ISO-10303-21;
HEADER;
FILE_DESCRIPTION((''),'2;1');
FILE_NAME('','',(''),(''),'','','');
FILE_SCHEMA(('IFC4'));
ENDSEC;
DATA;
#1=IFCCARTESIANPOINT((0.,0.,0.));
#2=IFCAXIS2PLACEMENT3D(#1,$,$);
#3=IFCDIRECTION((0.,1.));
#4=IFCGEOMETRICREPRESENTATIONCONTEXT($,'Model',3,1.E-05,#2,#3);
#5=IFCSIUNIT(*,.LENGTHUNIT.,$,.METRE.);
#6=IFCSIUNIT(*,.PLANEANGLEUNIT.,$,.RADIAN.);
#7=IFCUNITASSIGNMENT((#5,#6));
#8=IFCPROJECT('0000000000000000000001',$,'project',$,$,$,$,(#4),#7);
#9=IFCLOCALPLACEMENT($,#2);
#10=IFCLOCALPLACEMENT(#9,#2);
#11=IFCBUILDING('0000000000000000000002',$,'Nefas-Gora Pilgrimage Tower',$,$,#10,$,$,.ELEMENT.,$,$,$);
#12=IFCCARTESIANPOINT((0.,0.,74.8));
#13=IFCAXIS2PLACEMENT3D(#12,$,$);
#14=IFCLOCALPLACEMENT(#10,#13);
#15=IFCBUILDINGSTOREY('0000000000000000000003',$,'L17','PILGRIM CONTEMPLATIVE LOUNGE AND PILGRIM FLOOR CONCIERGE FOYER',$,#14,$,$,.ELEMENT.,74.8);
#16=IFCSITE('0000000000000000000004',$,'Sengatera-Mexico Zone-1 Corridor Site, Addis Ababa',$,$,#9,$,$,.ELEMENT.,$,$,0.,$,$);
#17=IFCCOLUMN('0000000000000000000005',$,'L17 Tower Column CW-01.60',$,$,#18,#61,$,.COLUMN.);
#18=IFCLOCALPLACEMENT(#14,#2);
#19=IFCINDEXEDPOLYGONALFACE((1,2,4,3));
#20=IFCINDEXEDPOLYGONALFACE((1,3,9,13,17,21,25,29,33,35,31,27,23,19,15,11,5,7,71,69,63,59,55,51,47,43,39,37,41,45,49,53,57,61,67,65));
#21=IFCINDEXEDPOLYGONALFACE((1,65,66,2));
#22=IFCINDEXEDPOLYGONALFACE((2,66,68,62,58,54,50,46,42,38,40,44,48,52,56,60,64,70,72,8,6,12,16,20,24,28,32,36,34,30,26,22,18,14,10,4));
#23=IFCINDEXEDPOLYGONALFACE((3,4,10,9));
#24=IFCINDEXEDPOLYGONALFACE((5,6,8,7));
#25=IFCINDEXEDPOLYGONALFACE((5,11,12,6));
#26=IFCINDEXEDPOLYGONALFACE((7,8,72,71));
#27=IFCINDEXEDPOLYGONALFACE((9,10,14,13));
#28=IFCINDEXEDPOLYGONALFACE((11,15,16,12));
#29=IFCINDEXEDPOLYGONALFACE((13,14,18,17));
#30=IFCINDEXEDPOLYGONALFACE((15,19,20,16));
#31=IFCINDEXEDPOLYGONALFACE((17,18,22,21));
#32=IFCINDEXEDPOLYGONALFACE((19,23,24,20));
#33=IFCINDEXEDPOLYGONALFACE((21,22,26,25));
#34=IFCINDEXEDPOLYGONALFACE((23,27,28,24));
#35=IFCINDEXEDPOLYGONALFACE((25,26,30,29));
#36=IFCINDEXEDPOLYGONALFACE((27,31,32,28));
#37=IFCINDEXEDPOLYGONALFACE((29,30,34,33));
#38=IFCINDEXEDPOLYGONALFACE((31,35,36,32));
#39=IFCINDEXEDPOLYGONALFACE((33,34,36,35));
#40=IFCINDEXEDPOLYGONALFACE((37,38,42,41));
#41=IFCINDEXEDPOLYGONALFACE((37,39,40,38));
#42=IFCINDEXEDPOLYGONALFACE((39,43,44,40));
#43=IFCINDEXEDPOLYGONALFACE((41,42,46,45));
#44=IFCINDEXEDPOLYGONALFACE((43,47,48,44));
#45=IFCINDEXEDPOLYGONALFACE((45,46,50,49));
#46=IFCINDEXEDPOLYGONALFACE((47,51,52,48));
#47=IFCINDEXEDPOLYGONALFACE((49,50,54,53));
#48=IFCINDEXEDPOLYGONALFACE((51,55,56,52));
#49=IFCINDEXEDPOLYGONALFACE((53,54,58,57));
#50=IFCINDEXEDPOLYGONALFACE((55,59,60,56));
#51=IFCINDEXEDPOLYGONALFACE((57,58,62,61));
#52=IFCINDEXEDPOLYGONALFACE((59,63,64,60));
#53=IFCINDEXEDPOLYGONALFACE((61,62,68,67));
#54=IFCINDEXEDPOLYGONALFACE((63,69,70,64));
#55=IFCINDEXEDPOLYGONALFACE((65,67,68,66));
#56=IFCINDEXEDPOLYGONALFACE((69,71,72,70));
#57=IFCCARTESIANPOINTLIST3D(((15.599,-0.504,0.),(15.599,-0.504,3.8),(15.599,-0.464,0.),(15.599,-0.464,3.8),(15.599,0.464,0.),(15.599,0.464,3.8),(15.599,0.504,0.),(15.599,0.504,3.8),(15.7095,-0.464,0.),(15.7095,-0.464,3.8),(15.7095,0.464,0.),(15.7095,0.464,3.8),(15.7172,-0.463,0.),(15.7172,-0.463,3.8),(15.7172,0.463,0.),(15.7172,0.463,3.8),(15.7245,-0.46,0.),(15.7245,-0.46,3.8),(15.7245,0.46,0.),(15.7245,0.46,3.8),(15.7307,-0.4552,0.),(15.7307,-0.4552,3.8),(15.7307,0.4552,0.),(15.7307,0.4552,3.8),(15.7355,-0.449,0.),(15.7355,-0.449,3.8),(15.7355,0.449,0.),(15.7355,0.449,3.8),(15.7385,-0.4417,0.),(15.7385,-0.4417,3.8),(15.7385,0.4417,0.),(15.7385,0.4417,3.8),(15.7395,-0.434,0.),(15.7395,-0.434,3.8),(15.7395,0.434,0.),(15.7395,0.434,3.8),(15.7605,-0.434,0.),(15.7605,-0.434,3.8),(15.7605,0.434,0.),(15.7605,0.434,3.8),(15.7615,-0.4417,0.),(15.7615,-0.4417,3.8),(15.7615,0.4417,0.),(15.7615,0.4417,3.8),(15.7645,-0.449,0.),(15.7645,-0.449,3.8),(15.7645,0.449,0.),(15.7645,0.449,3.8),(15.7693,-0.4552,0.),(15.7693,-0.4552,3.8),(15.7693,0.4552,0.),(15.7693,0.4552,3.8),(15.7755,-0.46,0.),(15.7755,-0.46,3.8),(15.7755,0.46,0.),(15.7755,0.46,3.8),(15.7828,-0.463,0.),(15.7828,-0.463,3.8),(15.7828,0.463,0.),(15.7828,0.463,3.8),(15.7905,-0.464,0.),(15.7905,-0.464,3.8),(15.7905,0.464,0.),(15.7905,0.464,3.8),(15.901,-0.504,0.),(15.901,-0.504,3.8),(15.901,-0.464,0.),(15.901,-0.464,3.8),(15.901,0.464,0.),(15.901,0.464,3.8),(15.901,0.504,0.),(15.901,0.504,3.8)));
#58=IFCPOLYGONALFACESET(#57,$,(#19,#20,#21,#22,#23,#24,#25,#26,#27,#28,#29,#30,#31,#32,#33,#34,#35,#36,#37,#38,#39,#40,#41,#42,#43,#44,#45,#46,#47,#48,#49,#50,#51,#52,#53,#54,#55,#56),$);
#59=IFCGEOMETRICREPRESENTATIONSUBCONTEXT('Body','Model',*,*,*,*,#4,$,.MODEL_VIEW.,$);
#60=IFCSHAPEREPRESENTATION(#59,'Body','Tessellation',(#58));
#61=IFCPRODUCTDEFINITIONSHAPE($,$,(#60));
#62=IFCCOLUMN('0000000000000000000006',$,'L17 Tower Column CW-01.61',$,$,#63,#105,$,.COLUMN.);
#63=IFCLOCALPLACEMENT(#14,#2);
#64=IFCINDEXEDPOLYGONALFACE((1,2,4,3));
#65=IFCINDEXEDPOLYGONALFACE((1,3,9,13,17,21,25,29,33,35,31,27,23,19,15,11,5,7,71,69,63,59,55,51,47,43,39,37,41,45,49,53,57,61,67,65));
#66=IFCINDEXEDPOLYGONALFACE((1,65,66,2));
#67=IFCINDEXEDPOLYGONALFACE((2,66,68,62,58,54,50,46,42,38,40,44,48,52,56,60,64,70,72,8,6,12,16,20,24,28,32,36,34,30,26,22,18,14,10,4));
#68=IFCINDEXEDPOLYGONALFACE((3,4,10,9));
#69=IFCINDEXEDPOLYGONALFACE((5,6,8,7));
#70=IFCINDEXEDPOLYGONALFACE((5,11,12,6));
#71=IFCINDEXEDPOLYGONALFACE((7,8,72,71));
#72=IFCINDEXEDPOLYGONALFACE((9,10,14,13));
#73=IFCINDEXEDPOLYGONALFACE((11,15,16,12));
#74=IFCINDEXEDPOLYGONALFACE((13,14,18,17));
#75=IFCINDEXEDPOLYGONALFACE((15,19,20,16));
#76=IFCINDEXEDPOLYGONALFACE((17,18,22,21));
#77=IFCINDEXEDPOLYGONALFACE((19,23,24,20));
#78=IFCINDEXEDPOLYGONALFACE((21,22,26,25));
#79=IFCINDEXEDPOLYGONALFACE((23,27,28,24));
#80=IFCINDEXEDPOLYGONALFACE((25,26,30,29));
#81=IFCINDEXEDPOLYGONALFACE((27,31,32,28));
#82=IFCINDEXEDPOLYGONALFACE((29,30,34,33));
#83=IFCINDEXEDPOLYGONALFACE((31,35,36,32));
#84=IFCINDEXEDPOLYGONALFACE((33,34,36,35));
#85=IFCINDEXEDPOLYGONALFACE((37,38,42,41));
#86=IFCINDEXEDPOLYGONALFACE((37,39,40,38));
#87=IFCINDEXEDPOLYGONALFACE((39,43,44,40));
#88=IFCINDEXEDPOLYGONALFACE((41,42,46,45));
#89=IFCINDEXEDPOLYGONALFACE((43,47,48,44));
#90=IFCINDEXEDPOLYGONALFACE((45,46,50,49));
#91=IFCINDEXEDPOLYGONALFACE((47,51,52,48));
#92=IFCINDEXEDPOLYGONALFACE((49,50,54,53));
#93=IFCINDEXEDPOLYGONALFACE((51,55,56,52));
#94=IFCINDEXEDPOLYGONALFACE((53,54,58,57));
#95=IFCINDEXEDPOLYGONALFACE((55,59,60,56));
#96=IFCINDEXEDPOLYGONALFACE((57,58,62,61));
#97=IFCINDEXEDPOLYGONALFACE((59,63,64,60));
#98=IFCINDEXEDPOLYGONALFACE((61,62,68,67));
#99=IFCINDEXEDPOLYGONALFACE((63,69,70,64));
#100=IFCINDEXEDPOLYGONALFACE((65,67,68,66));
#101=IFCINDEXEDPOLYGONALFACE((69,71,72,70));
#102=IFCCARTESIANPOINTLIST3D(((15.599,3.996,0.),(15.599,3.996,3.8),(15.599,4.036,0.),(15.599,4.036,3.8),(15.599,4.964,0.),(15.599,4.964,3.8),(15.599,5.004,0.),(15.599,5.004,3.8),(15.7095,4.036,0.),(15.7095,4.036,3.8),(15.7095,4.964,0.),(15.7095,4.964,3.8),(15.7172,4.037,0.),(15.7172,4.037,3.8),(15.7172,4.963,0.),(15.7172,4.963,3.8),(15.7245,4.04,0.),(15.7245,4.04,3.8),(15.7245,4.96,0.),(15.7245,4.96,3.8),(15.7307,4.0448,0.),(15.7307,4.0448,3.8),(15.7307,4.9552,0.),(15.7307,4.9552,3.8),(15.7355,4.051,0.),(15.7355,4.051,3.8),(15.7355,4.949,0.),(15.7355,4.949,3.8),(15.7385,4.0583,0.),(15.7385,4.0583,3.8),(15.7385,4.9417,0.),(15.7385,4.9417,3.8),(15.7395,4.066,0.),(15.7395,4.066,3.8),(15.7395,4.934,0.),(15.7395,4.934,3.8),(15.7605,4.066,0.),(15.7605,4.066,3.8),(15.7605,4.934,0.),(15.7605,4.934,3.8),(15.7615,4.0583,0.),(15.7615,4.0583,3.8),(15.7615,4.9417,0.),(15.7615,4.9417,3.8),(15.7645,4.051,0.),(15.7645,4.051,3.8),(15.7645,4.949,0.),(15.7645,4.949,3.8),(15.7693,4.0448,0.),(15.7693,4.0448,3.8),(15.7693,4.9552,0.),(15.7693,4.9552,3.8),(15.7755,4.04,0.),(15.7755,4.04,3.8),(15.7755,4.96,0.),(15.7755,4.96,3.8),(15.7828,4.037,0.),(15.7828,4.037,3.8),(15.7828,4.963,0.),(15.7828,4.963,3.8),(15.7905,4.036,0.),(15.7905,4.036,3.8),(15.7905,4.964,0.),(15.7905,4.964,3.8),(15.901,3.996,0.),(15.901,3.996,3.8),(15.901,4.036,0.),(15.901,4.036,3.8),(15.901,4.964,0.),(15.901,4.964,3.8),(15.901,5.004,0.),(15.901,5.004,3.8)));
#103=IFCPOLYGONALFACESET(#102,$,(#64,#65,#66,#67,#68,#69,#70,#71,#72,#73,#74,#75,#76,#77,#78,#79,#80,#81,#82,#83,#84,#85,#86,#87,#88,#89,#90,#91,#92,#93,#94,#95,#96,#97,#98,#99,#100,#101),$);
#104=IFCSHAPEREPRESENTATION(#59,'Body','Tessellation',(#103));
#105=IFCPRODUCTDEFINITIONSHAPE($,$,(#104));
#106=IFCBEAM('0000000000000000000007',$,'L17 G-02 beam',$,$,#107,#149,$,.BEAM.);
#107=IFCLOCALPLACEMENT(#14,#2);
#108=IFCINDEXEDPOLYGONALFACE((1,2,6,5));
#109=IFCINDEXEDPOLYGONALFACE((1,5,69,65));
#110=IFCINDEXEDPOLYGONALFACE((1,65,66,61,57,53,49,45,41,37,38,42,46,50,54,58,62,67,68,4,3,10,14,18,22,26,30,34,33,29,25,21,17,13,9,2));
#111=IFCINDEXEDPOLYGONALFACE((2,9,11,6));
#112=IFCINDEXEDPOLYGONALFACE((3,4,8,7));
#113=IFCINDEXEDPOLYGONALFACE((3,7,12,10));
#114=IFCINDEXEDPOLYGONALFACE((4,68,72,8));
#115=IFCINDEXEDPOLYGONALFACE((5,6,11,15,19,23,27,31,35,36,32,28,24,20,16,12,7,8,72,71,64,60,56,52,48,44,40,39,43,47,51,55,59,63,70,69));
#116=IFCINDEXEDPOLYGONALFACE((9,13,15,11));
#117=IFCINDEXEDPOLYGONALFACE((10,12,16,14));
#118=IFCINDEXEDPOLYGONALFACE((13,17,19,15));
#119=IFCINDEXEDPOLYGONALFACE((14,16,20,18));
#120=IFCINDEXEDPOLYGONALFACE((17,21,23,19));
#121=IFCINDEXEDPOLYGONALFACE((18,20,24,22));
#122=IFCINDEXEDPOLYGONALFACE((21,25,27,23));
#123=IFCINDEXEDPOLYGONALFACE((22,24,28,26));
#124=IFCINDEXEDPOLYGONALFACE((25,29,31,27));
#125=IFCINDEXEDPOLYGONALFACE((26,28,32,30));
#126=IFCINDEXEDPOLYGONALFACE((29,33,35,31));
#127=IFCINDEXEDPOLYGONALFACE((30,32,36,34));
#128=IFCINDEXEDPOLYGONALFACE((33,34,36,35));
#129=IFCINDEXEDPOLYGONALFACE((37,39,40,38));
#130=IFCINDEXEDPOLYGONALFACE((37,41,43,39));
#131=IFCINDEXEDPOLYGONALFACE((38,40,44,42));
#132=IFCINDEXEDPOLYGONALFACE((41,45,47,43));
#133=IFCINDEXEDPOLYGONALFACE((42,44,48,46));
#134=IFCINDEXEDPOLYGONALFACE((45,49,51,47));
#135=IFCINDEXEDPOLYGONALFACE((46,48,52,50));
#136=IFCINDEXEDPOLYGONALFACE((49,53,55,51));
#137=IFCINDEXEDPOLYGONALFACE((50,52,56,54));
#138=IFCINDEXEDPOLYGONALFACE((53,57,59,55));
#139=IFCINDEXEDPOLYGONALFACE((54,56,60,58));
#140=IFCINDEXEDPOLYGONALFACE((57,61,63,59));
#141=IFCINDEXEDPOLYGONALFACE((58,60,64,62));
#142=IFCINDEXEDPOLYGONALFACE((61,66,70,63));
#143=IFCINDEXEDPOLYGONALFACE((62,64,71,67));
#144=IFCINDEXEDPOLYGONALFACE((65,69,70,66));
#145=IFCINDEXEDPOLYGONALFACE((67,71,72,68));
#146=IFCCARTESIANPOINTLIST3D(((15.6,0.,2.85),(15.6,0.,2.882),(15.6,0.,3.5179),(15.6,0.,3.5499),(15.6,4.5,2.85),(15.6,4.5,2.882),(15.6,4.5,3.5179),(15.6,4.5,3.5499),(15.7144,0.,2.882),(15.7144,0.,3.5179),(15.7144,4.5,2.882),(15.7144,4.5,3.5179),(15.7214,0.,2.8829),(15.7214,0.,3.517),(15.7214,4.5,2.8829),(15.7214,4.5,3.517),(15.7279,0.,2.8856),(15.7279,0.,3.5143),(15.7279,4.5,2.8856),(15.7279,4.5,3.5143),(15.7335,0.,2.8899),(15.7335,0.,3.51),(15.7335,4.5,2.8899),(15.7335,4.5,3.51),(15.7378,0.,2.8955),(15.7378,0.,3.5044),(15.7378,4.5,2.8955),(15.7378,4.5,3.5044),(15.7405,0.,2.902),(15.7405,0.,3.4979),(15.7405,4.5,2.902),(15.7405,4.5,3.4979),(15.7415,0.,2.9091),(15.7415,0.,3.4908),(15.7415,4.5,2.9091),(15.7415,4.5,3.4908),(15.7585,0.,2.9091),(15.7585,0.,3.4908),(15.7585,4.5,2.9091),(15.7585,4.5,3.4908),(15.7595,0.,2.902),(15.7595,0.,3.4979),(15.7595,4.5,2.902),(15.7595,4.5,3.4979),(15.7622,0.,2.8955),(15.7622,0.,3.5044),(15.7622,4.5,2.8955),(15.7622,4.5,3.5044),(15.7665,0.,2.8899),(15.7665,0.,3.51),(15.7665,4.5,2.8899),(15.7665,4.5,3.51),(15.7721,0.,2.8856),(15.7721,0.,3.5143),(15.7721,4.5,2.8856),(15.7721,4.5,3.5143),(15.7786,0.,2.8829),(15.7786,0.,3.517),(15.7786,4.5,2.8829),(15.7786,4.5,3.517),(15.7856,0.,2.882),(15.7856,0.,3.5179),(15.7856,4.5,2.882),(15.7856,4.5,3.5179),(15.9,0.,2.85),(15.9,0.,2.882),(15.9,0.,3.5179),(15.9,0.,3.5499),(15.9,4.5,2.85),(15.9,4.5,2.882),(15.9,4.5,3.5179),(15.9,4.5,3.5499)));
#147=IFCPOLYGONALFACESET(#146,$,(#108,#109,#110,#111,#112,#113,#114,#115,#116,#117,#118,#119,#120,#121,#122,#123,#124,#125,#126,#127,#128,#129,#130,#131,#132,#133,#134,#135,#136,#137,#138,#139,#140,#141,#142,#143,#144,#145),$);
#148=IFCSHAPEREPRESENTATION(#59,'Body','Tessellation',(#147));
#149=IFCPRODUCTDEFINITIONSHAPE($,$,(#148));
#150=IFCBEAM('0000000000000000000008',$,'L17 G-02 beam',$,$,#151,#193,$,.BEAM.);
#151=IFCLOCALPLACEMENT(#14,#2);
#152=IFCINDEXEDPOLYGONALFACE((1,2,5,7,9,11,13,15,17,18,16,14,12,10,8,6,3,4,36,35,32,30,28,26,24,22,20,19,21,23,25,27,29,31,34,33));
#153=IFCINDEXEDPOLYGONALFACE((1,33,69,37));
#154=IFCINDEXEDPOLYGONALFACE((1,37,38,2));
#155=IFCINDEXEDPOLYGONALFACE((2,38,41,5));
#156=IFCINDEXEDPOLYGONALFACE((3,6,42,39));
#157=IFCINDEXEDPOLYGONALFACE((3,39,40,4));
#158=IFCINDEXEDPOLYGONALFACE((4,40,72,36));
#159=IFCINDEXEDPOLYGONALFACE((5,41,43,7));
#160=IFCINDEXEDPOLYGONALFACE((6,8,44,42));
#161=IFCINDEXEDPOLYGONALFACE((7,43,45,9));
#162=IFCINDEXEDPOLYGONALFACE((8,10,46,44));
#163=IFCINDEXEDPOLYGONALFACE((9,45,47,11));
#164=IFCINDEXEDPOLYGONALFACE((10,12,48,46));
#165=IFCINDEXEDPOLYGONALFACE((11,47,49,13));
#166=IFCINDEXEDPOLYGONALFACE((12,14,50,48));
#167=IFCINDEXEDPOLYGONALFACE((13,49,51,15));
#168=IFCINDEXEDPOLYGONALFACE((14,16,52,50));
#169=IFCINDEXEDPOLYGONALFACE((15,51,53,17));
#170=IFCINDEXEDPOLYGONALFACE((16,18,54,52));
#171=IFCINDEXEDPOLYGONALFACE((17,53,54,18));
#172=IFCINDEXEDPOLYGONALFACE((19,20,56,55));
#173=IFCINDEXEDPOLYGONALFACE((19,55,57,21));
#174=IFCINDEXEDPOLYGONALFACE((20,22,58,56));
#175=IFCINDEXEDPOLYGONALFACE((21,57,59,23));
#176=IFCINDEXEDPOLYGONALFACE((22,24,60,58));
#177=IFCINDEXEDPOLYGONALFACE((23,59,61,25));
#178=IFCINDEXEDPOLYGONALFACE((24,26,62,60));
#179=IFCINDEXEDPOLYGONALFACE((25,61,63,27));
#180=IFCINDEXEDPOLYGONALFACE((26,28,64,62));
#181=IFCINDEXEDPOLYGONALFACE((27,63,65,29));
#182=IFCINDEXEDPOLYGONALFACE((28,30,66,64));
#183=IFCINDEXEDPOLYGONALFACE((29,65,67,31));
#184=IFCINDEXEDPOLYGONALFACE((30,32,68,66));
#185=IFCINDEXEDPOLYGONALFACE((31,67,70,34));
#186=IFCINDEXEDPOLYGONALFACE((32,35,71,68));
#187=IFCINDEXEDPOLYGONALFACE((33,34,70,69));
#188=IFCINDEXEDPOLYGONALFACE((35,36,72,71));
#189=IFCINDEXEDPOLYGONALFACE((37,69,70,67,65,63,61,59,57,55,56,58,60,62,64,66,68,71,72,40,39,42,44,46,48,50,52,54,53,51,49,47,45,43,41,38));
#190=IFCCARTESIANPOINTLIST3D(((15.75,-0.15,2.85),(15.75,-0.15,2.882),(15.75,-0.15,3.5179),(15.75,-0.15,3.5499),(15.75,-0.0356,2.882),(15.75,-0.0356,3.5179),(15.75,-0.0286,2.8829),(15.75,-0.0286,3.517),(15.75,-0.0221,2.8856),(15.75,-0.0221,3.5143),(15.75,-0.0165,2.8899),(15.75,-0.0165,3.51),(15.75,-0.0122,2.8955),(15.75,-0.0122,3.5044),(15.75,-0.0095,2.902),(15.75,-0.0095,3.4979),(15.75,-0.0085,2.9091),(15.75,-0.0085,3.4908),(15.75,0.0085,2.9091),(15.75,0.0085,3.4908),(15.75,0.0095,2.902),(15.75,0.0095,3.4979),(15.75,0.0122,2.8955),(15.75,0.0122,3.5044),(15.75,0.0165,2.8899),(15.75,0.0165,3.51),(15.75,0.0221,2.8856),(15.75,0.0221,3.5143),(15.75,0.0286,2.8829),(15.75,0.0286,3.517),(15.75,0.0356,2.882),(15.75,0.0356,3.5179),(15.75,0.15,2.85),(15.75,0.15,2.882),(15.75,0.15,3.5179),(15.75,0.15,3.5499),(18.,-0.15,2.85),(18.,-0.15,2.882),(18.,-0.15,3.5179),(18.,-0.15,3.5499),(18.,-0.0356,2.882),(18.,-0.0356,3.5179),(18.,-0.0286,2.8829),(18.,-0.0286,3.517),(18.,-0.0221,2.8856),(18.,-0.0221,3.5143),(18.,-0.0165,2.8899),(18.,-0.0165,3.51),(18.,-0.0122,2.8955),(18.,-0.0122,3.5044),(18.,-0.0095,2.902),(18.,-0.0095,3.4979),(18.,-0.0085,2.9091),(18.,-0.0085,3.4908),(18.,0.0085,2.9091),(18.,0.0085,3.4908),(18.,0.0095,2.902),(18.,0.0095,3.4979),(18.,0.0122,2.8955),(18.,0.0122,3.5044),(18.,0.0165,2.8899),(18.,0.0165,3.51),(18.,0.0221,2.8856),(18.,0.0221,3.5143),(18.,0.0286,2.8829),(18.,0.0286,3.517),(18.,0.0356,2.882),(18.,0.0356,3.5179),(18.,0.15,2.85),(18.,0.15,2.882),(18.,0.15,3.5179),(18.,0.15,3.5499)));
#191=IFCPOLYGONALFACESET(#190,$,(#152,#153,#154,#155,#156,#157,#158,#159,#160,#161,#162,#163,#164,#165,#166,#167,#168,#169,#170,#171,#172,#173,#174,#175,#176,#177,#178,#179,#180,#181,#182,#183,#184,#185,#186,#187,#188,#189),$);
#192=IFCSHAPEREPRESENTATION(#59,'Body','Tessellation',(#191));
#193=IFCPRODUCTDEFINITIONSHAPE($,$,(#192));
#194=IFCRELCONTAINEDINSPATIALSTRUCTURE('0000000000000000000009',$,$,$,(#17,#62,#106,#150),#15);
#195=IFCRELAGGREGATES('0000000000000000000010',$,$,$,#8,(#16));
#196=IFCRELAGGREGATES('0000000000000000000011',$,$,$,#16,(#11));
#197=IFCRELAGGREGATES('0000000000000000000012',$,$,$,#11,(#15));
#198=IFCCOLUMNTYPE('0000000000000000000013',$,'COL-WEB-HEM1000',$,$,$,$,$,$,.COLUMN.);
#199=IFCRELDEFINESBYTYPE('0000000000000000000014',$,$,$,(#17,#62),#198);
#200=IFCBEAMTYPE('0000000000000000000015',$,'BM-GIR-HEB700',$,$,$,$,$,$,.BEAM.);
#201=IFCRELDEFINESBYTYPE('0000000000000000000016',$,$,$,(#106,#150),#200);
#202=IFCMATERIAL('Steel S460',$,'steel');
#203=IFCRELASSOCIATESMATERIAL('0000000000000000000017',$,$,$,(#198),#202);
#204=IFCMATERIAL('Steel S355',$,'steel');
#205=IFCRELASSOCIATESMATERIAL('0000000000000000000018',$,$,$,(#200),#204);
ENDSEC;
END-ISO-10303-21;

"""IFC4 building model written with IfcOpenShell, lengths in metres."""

from ifc_helpers import new_model, si_unit, direction, frame, origin, origin_2d, place, context, subcontext, project, spatial, i_section, extrude, source, transform, mapped, material, material_profile, profile_set, type_object, element, save


model = new_model("IFC4")

# Units and contexts
model_context = context("Model", 3, precision=1e-05, world=origin(), true_north=direction((0.0, 1.0)))
body_context = subcontext(model_context, "Body", "Model", "MODEL_VIEW")
ifc_project = project(units=[si_unit("LENGTHUNIT", "METRE"), si_unit("PLANEANGLEUNIT", "RADIAN")], contexts=[model_context])

# Site, building, storey
site_placement = place(None, origin())
site = spatial("IfcSite", under=ifc_project, at=site_placement, Name="Sengatera-Mexico Zone-1 Corridor Site, Addis Ababa", CompositionType="ELEMENT", RefElevation=0.0)
building_placement = place(site_placement, origin())
building = spatial("IfcBuilding", under=site, at=building_placement, Name="Nefas-Gora Pilgrimage Tower", CompositionType="ELEMENT")
storey_placement = place(building_placement, frame((0.0, 0.0, 74.8)))
storey = spatial("IfcBuildingStorey", under=building, at=storey_placement, Name="L17", Description="PILGRIM CONTEMPLATIVE LOUNGE AND PILGRIM FLOOR CONCIERGE FOYER", CompositionType="ELEMENT", Elevation=74.8)

# Columns
ifc_material_1 = material(Name="Steel S460", Category="steel")
ifc_material_profile_1 = material_profile(ifc_material_1, i_section(OverallWidth=0.302, OverallDepth=1.0081, WebThickness=0.021, FlangeThickness=0.04, FilletRadius=0.03, at=origin_2d()), Name="HEM 1000")
ifc_profile_set_1 = profile_set([ifc_material_profile_1], Name="Steel S460")
column_type = type_object("IfcColumnType", Name="COL-WEB-HEM1000", PredefinedType="COLUMN", material=ifc_profile_set_1)
shared_shape_1 = source(origin(), body_context, "Body", "SweptSolid", [
    extrude(i_section(OverallWidth=0.302, OverallDepth=1.0081, WebThickness=0.021, FlangeThickness=0.04, FilletRadius=0.03, at=origin_2d()), origin(), (0.0, 0.0, 1.0), 3.8),
])
for number, where, z_axis, x_axis, name in (
    (1, (15.75, 0.0, 0.0), (0.0, 0.0, 1.0), (1.0, 0.0, 0.0), "L17 Tower Column CW-01.60"),
    (2, (15.75, 4.5, 0.0), (0.0, 0.0, 1.0), (1.0, 0.0, 0.0), "L17 Tower Column CW-01.61"),
):
    element("IfcColumn", number, at=place(storey_placement, frame(where, z_axis=z_axis, x_axis=x_axis)), inside=storey, type_object=column_type, Name=name, PredefinedType="COLUMN", context=body_context, shape_type="MappedRepresentation", body=[
        mapped(shared_shape_1, transform((0.0, 0.0, 0.0), x_axis=(1.0, 0.0, 0.0), y_axis=(0.0, 1.0, 0.0), z_axis=(0.0, 0.0, 1.0), scale=1.0)),
    ])

# Beams
ifc_material_2 = material(Name="Steel S355", Category="steel")
ifc_material_profile_2 = material_profile(ifc_material_2, i_section(OverallWidth=0.3, OverallDepth=0.7, WebThickness=0.0171, FlangeThickness=0.032, FilletRadius=0.0271, at=origin_2d()), Name="HEB 700")
ifc_profile_set_2 = profile_set([ifc_material_profile_2], Name="Steel S355")
beam_type = type_object("IfcBeamType", Name="BM-GIR-HEB700", PredefinedType="BEAM", material=ifc_profile_set_2)
shared_shape_2 = source(origin(), body_context, "Body", "SweptSolid", [
    extrude(i_section(OverallWidth=0.3, OverallDepth=0.7, WebThickness=0.0171, FlangeThickness=0.032, FilletRadius=0.0271, at=origin_2d()), origin(), (0.0, 0.0, 1.0), 4.5),
])
beam_1_placement = place(storey_placement, frame((15.75, 0.0, 3.2), z_axis=(0.0, 1.0, 0.0), x_axis=(-1.0, 0.0, 0.0)))
element("IfcBeam", 3, at=beam_1_placement, inside=storey, type_object=beam_type, Name="L17 G-02 beam", PredefinedType="BEAM", context=body_context, shape_type="MappedRepresentation", body=[
    mapped(shared_shape_2, transform((0.0, 0.0, 0.0), x_axis=(1.0, 0.0, 0.0), y_axis=(0.0, 1.0, 0.0), z_axis=(0.0, 0.0, 1.0), scale=1.0)),
])
shared_shape_3 = source(origin(), body_context, "Body", "SweptSolid", [
    extrude(i_section(OverallWidth=0.3, OverallDepth=0.7, WebThickness=0.0171, FlangeThickness=0.032, FilletRadius=0.0271, at=origin_2d()), origin(), (0.0, 0.0, 1.0), 2.25),
])
beam_2_placement = place(storey_placement, frame((15.75, 0.0, 3.2), z_axis=(1.0, 0.0, 0.0), x_axis=(0.0, 1.0, 0.0)))
element("IfcBeam", 4, at=beam_2_placement, inside=storey, type_object=beam_type, Name="L17 G-02 beam", PredefinedType="BEAM", context=body_context, shape_type="MappedRepresentation", body=[
    mapped(shared_shape_3, transform((0.0, 0.0, 0.0), x_axis=(1.0, 0.0, 0.0), y_axis=(0.0, 1.0, 0.0), z_axis=(0.0, 0.0, 1.0), scale=1.0)),
])

save(model, "model.ifc")
